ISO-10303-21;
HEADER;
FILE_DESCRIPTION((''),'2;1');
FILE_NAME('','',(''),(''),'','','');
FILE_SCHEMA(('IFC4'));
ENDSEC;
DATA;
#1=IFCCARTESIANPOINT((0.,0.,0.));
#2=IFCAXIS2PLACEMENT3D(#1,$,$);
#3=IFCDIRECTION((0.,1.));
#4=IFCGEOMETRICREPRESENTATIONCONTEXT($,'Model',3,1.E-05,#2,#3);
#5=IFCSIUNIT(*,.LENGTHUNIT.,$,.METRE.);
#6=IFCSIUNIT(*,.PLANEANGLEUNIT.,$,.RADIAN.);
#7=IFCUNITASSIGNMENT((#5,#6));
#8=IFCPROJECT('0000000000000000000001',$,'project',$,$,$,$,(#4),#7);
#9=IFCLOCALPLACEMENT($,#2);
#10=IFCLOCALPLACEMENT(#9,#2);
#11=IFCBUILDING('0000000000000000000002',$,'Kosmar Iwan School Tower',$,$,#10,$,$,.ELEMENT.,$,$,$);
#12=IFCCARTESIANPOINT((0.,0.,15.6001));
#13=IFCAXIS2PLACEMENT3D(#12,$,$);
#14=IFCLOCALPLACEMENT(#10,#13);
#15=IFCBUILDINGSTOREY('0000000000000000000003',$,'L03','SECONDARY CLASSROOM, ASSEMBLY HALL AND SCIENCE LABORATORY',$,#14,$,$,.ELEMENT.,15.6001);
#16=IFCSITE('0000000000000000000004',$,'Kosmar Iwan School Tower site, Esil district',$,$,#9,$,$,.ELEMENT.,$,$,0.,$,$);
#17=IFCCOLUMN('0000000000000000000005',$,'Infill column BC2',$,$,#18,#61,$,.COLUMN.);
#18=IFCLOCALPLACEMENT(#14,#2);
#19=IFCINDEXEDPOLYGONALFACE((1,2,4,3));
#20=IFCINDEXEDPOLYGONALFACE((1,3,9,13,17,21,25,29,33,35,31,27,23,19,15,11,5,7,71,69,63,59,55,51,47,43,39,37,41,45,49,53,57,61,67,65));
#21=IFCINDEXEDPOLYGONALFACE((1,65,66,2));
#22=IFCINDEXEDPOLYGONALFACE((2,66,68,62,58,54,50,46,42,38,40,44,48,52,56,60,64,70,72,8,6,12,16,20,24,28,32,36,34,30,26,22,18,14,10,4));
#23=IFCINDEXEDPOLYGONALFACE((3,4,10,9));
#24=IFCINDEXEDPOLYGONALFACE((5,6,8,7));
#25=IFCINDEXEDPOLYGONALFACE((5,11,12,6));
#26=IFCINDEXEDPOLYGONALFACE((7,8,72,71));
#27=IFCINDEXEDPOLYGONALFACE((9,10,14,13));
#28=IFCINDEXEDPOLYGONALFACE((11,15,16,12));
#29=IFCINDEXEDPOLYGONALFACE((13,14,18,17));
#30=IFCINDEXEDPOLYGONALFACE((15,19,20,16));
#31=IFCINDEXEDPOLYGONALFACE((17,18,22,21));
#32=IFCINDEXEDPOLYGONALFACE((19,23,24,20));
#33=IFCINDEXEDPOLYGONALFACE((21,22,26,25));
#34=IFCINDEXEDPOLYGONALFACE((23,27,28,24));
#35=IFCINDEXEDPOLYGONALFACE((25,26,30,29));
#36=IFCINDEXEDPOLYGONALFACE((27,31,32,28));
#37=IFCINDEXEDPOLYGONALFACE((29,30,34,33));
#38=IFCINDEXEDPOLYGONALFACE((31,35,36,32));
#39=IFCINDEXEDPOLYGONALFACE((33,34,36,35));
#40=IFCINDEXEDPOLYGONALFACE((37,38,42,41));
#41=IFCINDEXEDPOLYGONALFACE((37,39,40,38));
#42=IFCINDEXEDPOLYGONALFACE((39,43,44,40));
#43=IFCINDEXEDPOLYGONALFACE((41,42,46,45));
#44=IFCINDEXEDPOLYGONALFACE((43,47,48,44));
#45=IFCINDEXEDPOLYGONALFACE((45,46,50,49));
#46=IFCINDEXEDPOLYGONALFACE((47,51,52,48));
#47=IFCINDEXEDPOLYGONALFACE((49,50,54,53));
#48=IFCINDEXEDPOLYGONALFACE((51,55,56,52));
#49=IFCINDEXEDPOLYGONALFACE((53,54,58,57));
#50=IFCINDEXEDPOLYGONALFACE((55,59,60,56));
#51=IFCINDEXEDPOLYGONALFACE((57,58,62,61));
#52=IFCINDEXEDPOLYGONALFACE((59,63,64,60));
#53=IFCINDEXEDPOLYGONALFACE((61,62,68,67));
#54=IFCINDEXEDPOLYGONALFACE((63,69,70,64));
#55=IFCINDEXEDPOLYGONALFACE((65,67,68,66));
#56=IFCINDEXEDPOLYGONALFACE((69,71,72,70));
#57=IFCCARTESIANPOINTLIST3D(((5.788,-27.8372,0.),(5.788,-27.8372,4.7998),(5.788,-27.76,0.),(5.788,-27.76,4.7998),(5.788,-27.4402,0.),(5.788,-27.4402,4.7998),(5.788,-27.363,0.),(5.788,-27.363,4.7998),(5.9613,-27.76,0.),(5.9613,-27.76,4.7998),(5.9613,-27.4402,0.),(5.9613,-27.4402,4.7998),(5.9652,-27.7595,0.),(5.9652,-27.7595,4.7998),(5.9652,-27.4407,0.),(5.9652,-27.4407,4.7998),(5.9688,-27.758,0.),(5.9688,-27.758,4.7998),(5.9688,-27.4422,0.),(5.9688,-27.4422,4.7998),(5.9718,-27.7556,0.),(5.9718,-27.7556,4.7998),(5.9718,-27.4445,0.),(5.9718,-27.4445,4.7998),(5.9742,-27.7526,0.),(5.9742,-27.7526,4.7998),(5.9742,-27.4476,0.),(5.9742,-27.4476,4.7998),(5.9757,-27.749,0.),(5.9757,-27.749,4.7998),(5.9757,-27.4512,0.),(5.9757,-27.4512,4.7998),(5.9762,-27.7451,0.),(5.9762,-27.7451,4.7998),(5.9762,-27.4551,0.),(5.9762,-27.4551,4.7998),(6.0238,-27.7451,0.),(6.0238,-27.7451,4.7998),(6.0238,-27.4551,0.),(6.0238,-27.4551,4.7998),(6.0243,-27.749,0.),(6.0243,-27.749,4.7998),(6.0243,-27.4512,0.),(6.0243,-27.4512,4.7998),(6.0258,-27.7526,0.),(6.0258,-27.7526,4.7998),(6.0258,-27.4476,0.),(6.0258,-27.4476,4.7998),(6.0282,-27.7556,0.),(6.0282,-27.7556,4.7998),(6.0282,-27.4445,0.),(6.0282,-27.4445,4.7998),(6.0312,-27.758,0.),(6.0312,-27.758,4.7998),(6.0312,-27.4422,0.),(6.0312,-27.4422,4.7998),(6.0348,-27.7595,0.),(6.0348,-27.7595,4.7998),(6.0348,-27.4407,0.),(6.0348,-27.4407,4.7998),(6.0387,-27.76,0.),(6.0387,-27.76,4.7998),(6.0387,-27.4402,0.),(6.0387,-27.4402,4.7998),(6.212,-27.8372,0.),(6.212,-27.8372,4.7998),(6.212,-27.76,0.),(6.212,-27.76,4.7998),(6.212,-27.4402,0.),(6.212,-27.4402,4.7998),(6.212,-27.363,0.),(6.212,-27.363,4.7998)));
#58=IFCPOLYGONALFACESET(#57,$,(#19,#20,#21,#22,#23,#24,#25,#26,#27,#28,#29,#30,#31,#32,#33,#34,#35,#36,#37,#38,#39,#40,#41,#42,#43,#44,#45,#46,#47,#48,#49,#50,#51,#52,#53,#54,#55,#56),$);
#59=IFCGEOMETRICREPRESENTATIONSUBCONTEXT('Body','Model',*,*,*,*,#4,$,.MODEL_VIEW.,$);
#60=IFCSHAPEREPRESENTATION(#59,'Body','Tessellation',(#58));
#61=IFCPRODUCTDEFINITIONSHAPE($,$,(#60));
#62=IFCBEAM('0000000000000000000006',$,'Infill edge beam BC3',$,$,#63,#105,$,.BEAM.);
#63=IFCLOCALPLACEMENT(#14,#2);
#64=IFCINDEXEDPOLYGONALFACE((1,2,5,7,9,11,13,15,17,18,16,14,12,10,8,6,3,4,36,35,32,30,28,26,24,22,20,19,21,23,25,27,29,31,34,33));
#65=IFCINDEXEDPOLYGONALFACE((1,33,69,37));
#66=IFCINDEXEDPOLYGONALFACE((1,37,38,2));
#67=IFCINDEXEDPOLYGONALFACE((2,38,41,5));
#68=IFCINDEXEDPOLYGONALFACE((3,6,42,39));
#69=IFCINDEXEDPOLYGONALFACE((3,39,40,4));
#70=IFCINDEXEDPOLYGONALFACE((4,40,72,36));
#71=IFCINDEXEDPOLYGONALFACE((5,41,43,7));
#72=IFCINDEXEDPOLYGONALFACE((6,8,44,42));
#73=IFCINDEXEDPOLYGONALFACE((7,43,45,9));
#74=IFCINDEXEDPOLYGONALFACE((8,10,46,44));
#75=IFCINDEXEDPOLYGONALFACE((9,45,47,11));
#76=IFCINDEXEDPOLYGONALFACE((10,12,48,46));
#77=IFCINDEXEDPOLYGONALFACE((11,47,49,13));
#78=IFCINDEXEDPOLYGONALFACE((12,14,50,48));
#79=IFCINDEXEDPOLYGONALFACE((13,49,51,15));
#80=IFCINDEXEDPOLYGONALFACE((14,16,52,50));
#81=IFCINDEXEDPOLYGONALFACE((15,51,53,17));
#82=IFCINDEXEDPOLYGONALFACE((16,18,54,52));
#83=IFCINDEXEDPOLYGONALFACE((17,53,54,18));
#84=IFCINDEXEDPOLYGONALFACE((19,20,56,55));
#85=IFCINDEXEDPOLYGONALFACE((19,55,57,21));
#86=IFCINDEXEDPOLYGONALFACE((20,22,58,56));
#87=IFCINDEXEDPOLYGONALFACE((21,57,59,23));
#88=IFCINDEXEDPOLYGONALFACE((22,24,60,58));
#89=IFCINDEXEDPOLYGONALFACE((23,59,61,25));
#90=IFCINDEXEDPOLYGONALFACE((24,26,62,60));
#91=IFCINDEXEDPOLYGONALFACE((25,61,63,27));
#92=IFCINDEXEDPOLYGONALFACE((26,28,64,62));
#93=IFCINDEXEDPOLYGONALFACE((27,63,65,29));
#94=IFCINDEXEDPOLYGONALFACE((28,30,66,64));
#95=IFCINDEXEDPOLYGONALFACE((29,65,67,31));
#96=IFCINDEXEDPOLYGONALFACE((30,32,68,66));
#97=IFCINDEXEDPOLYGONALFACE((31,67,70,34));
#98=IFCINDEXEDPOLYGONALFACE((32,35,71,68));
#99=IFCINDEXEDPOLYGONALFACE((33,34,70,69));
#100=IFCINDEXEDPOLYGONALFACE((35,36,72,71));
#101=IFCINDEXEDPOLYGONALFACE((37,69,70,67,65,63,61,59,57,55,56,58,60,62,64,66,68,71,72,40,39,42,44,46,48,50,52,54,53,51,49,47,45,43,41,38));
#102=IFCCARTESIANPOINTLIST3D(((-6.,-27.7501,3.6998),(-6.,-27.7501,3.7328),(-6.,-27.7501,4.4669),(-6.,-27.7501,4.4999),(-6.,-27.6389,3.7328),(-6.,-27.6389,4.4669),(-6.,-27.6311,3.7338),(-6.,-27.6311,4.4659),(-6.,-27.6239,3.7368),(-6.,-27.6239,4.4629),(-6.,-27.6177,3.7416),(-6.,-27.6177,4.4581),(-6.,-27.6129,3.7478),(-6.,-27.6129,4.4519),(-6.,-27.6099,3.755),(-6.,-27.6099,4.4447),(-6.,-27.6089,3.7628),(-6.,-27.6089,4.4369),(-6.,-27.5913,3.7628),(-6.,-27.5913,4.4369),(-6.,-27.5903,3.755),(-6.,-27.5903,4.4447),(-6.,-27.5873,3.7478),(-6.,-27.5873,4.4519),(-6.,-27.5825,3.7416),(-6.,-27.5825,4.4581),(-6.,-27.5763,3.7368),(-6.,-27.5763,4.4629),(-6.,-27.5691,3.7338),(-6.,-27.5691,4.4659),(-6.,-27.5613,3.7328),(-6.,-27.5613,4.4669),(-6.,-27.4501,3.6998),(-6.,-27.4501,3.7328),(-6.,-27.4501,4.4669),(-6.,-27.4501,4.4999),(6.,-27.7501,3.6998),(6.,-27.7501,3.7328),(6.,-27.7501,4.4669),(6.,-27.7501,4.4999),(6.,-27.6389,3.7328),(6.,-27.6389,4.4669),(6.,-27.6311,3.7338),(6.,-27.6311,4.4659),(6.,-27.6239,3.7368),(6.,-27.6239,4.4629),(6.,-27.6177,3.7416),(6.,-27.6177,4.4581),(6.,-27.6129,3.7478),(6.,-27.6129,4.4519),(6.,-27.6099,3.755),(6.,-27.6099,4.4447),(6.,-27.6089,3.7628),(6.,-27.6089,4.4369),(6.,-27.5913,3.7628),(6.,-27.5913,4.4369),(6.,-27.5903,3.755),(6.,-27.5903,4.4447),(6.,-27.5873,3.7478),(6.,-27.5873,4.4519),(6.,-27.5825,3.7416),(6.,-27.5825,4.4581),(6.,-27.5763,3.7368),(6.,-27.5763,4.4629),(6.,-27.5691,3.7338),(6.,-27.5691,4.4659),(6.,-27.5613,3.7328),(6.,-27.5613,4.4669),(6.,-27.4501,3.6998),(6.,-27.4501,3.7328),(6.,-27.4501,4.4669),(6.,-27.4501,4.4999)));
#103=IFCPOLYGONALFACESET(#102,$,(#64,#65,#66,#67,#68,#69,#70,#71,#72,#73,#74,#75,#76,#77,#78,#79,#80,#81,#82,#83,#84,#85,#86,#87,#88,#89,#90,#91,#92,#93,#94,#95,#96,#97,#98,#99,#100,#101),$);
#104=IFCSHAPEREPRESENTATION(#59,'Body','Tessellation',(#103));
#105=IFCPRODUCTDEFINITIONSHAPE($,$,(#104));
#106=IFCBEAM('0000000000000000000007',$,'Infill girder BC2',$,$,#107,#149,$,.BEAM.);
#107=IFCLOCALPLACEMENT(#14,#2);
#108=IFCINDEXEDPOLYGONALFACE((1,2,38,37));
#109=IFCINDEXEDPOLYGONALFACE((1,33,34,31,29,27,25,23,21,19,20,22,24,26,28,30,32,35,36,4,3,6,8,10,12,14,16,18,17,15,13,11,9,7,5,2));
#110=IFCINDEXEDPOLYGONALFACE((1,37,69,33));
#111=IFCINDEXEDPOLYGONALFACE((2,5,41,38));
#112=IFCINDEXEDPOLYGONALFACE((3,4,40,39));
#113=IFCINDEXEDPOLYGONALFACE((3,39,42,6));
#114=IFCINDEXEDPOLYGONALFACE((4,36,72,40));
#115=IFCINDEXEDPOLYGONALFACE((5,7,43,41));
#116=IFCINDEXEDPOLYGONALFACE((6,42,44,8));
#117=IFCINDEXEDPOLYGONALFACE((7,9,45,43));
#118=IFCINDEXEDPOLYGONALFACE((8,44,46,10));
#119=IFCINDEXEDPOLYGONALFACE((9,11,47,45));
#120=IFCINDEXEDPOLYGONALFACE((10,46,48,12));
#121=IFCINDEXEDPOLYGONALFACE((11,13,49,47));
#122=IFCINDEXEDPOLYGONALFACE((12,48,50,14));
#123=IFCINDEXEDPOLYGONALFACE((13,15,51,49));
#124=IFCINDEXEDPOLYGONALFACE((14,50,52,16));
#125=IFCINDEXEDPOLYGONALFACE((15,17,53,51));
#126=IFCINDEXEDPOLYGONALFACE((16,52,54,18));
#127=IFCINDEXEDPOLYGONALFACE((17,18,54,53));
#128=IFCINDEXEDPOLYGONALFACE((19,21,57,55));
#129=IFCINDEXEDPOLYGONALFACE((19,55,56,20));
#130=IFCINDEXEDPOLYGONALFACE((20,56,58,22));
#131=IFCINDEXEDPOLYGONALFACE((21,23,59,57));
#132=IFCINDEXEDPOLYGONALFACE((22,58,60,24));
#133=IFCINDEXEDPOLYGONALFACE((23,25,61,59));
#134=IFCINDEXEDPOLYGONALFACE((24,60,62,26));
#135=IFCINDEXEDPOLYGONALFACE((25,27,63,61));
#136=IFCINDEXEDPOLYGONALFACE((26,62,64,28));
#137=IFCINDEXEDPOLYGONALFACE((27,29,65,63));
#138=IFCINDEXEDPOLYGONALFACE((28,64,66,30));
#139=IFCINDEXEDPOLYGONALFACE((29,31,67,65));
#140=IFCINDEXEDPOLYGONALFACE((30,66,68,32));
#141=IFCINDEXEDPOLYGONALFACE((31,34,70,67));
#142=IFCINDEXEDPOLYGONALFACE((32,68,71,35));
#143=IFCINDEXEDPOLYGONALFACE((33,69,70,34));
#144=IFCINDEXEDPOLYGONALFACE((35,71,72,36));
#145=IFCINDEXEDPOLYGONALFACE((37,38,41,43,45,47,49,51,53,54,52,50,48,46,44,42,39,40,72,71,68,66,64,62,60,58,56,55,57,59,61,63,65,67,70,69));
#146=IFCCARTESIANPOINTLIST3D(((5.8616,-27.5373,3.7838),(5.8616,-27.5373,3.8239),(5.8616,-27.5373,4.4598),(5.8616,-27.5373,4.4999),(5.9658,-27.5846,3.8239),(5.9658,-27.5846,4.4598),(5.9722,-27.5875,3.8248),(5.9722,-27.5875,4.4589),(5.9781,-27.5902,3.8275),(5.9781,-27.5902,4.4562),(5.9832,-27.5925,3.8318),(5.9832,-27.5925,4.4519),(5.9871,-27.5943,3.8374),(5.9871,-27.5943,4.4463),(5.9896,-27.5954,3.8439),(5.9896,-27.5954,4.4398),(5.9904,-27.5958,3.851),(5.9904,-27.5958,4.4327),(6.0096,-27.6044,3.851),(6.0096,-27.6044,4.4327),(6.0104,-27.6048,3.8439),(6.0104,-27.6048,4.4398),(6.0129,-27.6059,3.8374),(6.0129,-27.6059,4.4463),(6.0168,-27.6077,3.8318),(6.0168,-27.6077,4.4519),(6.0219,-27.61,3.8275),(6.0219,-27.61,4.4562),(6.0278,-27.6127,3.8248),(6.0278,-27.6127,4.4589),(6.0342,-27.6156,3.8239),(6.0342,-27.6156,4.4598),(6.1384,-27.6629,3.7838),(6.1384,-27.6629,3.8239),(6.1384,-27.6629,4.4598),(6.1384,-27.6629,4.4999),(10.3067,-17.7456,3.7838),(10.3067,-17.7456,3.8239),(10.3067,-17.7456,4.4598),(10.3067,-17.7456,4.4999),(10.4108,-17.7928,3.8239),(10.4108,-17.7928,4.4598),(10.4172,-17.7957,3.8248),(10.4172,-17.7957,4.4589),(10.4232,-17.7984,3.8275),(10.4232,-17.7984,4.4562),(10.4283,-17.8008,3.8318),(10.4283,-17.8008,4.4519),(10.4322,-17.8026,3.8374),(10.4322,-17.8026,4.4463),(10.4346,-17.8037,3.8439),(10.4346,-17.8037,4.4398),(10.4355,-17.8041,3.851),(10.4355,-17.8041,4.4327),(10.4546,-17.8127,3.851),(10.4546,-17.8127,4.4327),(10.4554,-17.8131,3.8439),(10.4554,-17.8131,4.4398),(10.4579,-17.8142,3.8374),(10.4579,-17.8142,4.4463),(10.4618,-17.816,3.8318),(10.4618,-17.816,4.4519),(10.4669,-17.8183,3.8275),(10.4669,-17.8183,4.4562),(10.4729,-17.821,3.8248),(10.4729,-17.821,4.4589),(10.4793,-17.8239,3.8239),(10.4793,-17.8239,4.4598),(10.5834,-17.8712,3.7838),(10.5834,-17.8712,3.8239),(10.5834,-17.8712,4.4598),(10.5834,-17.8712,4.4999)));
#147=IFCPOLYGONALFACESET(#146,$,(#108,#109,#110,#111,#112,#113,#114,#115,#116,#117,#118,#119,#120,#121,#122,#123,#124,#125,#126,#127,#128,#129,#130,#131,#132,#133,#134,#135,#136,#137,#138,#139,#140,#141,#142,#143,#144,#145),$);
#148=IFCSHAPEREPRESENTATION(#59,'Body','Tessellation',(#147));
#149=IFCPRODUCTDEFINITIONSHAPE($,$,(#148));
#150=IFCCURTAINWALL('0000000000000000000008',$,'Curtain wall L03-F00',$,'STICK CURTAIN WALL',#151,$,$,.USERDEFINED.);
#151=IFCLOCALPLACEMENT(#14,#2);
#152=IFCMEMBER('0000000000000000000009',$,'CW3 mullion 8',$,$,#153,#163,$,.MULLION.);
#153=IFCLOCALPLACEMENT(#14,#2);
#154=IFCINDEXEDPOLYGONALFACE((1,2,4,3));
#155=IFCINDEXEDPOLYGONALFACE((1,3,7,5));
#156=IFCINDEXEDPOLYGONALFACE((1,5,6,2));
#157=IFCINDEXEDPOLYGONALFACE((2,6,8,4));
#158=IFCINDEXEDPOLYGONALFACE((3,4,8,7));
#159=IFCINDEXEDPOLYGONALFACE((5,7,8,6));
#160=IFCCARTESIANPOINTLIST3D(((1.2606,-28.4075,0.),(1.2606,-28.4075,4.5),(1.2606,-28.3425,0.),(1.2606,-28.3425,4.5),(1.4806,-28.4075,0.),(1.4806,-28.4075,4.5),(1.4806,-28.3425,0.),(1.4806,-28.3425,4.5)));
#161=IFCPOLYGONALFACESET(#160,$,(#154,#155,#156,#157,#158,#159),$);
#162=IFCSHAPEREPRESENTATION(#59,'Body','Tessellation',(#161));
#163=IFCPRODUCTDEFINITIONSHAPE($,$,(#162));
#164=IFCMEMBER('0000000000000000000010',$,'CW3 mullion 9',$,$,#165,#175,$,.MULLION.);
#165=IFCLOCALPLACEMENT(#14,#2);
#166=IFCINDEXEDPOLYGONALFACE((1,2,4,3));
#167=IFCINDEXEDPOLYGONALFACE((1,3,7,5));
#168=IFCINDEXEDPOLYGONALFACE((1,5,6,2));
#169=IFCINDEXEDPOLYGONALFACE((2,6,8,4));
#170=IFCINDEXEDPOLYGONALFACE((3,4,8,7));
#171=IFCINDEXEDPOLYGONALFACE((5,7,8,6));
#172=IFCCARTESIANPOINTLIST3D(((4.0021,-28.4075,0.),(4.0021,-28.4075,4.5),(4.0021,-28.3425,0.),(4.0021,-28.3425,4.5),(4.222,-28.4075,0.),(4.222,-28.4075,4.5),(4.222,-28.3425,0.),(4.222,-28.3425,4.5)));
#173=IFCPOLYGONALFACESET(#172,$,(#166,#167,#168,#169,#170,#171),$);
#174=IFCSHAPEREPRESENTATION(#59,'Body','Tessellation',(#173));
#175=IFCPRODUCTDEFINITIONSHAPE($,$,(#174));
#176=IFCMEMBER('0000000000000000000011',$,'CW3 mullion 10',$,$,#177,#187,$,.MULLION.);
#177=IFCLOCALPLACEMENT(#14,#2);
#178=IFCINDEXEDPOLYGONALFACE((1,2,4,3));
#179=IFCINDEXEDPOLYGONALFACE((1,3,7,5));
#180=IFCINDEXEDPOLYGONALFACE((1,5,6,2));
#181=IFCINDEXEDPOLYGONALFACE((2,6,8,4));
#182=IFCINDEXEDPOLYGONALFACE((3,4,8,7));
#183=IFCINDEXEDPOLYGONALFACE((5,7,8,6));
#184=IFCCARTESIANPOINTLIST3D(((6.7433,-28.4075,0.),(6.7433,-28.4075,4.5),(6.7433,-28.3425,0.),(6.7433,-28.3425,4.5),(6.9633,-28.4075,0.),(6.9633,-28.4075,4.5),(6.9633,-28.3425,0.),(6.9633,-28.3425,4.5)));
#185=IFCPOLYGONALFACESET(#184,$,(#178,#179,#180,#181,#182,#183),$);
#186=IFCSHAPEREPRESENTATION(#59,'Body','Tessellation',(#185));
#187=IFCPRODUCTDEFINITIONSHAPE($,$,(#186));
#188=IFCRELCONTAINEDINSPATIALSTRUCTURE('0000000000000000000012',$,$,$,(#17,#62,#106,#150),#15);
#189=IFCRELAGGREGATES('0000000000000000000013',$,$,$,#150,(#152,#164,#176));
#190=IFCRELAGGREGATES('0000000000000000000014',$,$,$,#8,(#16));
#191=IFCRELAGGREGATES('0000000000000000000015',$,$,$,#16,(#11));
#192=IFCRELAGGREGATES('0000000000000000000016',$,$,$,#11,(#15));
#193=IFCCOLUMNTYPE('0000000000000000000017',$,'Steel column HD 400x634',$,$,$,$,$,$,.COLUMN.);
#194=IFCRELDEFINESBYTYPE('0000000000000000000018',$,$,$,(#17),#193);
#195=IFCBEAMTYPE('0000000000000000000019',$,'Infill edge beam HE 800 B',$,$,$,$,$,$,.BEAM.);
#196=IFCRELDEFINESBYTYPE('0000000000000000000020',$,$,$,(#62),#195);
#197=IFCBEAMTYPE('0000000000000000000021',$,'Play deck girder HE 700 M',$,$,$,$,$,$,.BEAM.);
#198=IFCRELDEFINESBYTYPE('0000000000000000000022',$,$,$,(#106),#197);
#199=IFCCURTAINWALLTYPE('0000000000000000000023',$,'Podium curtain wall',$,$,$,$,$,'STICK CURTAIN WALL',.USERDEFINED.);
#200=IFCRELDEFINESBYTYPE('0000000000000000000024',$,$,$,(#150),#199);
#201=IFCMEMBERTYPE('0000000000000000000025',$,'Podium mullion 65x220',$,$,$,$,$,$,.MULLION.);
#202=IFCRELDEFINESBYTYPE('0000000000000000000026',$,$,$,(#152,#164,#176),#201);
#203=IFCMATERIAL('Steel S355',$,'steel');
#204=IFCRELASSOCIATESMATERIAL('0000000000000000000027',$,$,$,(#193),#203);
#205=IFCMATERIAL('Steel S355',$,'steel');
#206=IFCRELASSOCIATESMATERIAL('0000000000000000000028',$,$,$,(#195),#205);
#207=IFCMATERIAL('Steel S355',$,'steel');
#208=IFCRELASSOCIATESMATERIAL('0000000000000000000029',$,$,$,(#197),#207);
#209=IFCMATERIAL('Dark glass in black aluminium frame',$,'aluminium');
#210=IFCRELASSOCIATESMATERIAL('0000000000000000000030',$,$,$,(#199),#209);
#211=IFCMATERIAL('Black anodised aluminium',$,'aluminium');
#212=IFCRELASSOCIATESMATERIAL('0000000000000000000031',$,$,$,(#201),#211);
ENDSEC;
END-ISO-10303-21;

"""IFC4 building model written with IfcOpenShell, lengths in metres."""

from ifc_helpers import new_model, si_unit, direction, frame, origin, origin_2d, place, context, subcontext, project, spatial, rectangle, i_section, extrude, material, material_profile, profile_set, type_object, element, aggregate, save


model = new_model("IFC4")

# Units and contexts
model_context = context("Model", 3, precision=1e-05, world=origin(), true_north=direction((0.0, 1.0)))
body_context = subcontext(model_context, "Body", "Model", "MODEL_VIEW")
ifc_project = project(units=[si_unit("LENGTHUNIT", "METRE"), si_unit("PLANEANGLEUNIT", "RADIAN")], contexts=[model_context])

# Site, building, storey
site_placement = place(None, origin())
site = spatial("IfcSite", under=ifc_project, at=site_placement, Name="Kosmar Iwan School Tower site, Esil district", CompositionType="ELEMENT", RefElevation=0.0)
building_placement = place(site_placement, origin())
building = spatial("IfcBuilding", under=site, at=building_placement, Name="Kosmar Iwan School Tower", CompositionType="ELEMENT")
storey_placement = place(building_placement, frame((0.0, 0.0, 15.6001)))
storey = spatial("IfcBuildingStorey", under=building, at=storey_placement, Name="L03", Description="SECONDARY CLASSROOM, ASSEMBLY HALL AND SCIENCE LABORATORY", CompositionType="ELEMENT", Elevation=15.6001)

# Column
ifc_material_1 = material(Name="Steel S355", Category="steel")
ifc_material_profile_1 = material_profile(ifc_material_1, i_section(OverallWidth=0.4241, OverallDepth=0.4741, WebThickness=0.0476, FlangeThickness=0.0771, FilletRadius=0.0149, at=origin_2d()), Name="HD 400x634")
ifc_profile_set_1 = profile_set([ifc_material_profile_1], Name="Steel S355")
column_type = type_object("IfcColumnType", Name="Steel column HD 400x634", PredefinedType="COLUMN", material=ifc_profile_set_1)
column_placement = place(storey_placement, frame((6.0, -27.6001, 0.0), z_axis=(0.0, 0.0, 1.0), x_axis=(1.0, 0.0, 0.0)))
element("IfcColumn", 1, at=column_placement, inside=storey, type_object=column_type, Name="Infill column BC2", PredefinedType="COLUMN", context=body_context, shape_type="SweptSolid", body=[
    extrude(i_section(OverallWidth=0.4241, OverallDepth=0.4741, WebThickness=0.0476, FlangeThickness=0.0771, FilletRadius=0.0149, at=origin_2d()), origin(), (0.0, 0.0, 1.0), 4.7998),
])

# Beams
ifc_material_2 = material(Name="Steel S355", Category="steel")
ifc_material_profile_2 = material_profile(ifc_material_2, i_section(OverallWidth=0.3, OverallDepth=0.8, WebThickness=0.0176, FlangeThickness=0.033, FilletRadius=0.03, at=origin_2d()), Name="HE 800 B")
ifc_profile_set_2 = profile_set([ifc_material_profile_2], Name="Steel S355")
beam_type_1 = type_object("IfcBeamType", Name="Infill edge beam HE 800 B", PredefinedType="BEAM", material=ifc_profile_set_2)
beam_1_placement = place(storey_placement, frame((6.0, -27.6001, 4.0999), z_axis=(-1.0, 0.0, 0.0), x_axis=(0.0, -1.0, 0.0)))
element("IfcBeam", 2, at=beam_1_placement, inside=storey, type_object=beam_type_1, Name="Infill edge beam BC3", PredefinedType="BEAM", context=body_context, shape_type="SweptSolid", body=[
    extrude(i_section(OverallWidth=0.3, OverallDepth=0.8, WebThickness=0.0176, FlangeThickness=0.033, FilletRadius=0.03, at=origin_2d()), origin(), (0.0, 0.0, 1.0), 12.0),
])
ifc_material_3 = material(Name="Steel S355", Category="steel")
ifc_material_profile_3 = material_profile(ifc_material_3, i_section(OverallWidth=0.304, OverallDepth=0.7161, WebThickness=0.021, FlangeThickness=0.04, FilletRadius=0.0271, at=origin_2d()), Name="HE 700 M")
ifc_profile_set_3 = profile_set([ifc_material_profile_3], Name="Steel S355")
beam_type_2 = type_object("IfcBeamType", Name="Play deck girder HE 700 M", PredefinedType="BEAM", material=ifc_profile_set_3)
beam_2_placement = place(storey_placement, frame((6.0, -27.6001, 4.1418), z_axis=(0.413362, 0.910567, 0.0), x_axis=(-0.910567, 0.413362, 0.0)))
element("IfcBeam", 3, at=beam_2_placement, inside=storey, type_object=beam_type_2, Name="Infill girder BC2", PredefinedType="BEAM", context=body_context, shape_type="SweptSolid", body=[
    extrude(i_section(OverallWidth=0.304, OverallDepth=0.7161, WebThickness=0.021, FlangeThickness=0.04, FilletRadius=0.0271, at=origin_2d()), origin(), (0.0, 0.0, 1.0), 10.7534),
])

# Curtain wall, members
ifc_material_4 = material(Name="Dark glass in black aluminium frame", Category="aluminium")
curtain_wall_type = type_object("IfcCurtainWallType", Name="Podium curtain wall", ElementType="STICK CURTAIN WALL", PredefinedType="USERDEFINED", material=ifc_material_4)
curtain_wall_placement = place(storey_placement, origin())
curtain_wall = element("IfcCurtainWall", 4, at=curtain_wall_placement, inside=storey, type_object=curtain_wall_type, Name="Curtain wall L03-F00", ObjectType="STICK CURTAIN WALL", PredefinedType="USERDEFINED")
ifc_material_5 = material(Name="Black anodised aluminium", Category="aluminium")
ifc_material_profile_4 = material_profile(ifc_material_5, rectangle(XDim=0.0649, YDim=0.22, at=origin_2d()), Name="MULLION 65x220")
ifc_profile_set_4 = profile_set([ifc_material_profile_4], Name="Black anodised aluminium")
member_type_1 = type_object("IfcMemberType", Name="Podium mullion 65x220", PredefinedType="MULLION", material=ifc_profile_set_4)
member_1_placement = place(storey_placement, frame((1.3706, -28.375, 0.0), z_axis=(0.0, 0.0, 1.0), x_axis=(0.0, 1.0, 0.0)))
member_1 = element("IfcMember", 5, at=member_1_placement, type_object=member_type_1, Name="CW3 mullion 8", PredefinedType="MULLION", context=body_context, shape_type="SweptSolid", body=[
    extrude(rectangle(XDim=0.0649, YDim=0.22, at=origin_2d()), origin(), (0.0, 0.0, 1.0), 4.5),
])
member_2_placement = place(storey_placement, frame((4.1121, -28.375, 0.0), z_axis=(0.0, 0.0, 1.0), x_axis=(0.0, 1.0, 0.0)))
member_2 = element("IfcMember", 6, at=member_2_placement, type_object=member_type_1, Name="CW3 mullion 9", PredefinedType="MULLION", context=body_context, shape_type="SweptSolid", body=[
    extrude(rectangle(XDim=0.0649, YDim=0.22, at=origin_2d()), origin(), (0.0, 0.0, 1.0), 4.5),
])
member_3_placement = place(storey_placement, frame((6.8533, -28.375, 0.0), z_axis=(0.0, 0.0, 1.0), x_axis=(0.0, 1.0, 0.0)))
member_3 = element("IfcMember", 7, at=member_3_placement, type_object=member_type_1, Name="CW3 mullion 10", PredefinedType="MULLION", context=body_context, shape_type="SweptSolid", body=[
    extrude(rectangle(XDim=0.0649, YDim=0.22, at=origin_2d()), origin(), (0.0, 0.0, 1.0), 4.5),
])
aggregate(curtain_wall, [member_1, member_2, member_3])

save(model, "model.ifc")
